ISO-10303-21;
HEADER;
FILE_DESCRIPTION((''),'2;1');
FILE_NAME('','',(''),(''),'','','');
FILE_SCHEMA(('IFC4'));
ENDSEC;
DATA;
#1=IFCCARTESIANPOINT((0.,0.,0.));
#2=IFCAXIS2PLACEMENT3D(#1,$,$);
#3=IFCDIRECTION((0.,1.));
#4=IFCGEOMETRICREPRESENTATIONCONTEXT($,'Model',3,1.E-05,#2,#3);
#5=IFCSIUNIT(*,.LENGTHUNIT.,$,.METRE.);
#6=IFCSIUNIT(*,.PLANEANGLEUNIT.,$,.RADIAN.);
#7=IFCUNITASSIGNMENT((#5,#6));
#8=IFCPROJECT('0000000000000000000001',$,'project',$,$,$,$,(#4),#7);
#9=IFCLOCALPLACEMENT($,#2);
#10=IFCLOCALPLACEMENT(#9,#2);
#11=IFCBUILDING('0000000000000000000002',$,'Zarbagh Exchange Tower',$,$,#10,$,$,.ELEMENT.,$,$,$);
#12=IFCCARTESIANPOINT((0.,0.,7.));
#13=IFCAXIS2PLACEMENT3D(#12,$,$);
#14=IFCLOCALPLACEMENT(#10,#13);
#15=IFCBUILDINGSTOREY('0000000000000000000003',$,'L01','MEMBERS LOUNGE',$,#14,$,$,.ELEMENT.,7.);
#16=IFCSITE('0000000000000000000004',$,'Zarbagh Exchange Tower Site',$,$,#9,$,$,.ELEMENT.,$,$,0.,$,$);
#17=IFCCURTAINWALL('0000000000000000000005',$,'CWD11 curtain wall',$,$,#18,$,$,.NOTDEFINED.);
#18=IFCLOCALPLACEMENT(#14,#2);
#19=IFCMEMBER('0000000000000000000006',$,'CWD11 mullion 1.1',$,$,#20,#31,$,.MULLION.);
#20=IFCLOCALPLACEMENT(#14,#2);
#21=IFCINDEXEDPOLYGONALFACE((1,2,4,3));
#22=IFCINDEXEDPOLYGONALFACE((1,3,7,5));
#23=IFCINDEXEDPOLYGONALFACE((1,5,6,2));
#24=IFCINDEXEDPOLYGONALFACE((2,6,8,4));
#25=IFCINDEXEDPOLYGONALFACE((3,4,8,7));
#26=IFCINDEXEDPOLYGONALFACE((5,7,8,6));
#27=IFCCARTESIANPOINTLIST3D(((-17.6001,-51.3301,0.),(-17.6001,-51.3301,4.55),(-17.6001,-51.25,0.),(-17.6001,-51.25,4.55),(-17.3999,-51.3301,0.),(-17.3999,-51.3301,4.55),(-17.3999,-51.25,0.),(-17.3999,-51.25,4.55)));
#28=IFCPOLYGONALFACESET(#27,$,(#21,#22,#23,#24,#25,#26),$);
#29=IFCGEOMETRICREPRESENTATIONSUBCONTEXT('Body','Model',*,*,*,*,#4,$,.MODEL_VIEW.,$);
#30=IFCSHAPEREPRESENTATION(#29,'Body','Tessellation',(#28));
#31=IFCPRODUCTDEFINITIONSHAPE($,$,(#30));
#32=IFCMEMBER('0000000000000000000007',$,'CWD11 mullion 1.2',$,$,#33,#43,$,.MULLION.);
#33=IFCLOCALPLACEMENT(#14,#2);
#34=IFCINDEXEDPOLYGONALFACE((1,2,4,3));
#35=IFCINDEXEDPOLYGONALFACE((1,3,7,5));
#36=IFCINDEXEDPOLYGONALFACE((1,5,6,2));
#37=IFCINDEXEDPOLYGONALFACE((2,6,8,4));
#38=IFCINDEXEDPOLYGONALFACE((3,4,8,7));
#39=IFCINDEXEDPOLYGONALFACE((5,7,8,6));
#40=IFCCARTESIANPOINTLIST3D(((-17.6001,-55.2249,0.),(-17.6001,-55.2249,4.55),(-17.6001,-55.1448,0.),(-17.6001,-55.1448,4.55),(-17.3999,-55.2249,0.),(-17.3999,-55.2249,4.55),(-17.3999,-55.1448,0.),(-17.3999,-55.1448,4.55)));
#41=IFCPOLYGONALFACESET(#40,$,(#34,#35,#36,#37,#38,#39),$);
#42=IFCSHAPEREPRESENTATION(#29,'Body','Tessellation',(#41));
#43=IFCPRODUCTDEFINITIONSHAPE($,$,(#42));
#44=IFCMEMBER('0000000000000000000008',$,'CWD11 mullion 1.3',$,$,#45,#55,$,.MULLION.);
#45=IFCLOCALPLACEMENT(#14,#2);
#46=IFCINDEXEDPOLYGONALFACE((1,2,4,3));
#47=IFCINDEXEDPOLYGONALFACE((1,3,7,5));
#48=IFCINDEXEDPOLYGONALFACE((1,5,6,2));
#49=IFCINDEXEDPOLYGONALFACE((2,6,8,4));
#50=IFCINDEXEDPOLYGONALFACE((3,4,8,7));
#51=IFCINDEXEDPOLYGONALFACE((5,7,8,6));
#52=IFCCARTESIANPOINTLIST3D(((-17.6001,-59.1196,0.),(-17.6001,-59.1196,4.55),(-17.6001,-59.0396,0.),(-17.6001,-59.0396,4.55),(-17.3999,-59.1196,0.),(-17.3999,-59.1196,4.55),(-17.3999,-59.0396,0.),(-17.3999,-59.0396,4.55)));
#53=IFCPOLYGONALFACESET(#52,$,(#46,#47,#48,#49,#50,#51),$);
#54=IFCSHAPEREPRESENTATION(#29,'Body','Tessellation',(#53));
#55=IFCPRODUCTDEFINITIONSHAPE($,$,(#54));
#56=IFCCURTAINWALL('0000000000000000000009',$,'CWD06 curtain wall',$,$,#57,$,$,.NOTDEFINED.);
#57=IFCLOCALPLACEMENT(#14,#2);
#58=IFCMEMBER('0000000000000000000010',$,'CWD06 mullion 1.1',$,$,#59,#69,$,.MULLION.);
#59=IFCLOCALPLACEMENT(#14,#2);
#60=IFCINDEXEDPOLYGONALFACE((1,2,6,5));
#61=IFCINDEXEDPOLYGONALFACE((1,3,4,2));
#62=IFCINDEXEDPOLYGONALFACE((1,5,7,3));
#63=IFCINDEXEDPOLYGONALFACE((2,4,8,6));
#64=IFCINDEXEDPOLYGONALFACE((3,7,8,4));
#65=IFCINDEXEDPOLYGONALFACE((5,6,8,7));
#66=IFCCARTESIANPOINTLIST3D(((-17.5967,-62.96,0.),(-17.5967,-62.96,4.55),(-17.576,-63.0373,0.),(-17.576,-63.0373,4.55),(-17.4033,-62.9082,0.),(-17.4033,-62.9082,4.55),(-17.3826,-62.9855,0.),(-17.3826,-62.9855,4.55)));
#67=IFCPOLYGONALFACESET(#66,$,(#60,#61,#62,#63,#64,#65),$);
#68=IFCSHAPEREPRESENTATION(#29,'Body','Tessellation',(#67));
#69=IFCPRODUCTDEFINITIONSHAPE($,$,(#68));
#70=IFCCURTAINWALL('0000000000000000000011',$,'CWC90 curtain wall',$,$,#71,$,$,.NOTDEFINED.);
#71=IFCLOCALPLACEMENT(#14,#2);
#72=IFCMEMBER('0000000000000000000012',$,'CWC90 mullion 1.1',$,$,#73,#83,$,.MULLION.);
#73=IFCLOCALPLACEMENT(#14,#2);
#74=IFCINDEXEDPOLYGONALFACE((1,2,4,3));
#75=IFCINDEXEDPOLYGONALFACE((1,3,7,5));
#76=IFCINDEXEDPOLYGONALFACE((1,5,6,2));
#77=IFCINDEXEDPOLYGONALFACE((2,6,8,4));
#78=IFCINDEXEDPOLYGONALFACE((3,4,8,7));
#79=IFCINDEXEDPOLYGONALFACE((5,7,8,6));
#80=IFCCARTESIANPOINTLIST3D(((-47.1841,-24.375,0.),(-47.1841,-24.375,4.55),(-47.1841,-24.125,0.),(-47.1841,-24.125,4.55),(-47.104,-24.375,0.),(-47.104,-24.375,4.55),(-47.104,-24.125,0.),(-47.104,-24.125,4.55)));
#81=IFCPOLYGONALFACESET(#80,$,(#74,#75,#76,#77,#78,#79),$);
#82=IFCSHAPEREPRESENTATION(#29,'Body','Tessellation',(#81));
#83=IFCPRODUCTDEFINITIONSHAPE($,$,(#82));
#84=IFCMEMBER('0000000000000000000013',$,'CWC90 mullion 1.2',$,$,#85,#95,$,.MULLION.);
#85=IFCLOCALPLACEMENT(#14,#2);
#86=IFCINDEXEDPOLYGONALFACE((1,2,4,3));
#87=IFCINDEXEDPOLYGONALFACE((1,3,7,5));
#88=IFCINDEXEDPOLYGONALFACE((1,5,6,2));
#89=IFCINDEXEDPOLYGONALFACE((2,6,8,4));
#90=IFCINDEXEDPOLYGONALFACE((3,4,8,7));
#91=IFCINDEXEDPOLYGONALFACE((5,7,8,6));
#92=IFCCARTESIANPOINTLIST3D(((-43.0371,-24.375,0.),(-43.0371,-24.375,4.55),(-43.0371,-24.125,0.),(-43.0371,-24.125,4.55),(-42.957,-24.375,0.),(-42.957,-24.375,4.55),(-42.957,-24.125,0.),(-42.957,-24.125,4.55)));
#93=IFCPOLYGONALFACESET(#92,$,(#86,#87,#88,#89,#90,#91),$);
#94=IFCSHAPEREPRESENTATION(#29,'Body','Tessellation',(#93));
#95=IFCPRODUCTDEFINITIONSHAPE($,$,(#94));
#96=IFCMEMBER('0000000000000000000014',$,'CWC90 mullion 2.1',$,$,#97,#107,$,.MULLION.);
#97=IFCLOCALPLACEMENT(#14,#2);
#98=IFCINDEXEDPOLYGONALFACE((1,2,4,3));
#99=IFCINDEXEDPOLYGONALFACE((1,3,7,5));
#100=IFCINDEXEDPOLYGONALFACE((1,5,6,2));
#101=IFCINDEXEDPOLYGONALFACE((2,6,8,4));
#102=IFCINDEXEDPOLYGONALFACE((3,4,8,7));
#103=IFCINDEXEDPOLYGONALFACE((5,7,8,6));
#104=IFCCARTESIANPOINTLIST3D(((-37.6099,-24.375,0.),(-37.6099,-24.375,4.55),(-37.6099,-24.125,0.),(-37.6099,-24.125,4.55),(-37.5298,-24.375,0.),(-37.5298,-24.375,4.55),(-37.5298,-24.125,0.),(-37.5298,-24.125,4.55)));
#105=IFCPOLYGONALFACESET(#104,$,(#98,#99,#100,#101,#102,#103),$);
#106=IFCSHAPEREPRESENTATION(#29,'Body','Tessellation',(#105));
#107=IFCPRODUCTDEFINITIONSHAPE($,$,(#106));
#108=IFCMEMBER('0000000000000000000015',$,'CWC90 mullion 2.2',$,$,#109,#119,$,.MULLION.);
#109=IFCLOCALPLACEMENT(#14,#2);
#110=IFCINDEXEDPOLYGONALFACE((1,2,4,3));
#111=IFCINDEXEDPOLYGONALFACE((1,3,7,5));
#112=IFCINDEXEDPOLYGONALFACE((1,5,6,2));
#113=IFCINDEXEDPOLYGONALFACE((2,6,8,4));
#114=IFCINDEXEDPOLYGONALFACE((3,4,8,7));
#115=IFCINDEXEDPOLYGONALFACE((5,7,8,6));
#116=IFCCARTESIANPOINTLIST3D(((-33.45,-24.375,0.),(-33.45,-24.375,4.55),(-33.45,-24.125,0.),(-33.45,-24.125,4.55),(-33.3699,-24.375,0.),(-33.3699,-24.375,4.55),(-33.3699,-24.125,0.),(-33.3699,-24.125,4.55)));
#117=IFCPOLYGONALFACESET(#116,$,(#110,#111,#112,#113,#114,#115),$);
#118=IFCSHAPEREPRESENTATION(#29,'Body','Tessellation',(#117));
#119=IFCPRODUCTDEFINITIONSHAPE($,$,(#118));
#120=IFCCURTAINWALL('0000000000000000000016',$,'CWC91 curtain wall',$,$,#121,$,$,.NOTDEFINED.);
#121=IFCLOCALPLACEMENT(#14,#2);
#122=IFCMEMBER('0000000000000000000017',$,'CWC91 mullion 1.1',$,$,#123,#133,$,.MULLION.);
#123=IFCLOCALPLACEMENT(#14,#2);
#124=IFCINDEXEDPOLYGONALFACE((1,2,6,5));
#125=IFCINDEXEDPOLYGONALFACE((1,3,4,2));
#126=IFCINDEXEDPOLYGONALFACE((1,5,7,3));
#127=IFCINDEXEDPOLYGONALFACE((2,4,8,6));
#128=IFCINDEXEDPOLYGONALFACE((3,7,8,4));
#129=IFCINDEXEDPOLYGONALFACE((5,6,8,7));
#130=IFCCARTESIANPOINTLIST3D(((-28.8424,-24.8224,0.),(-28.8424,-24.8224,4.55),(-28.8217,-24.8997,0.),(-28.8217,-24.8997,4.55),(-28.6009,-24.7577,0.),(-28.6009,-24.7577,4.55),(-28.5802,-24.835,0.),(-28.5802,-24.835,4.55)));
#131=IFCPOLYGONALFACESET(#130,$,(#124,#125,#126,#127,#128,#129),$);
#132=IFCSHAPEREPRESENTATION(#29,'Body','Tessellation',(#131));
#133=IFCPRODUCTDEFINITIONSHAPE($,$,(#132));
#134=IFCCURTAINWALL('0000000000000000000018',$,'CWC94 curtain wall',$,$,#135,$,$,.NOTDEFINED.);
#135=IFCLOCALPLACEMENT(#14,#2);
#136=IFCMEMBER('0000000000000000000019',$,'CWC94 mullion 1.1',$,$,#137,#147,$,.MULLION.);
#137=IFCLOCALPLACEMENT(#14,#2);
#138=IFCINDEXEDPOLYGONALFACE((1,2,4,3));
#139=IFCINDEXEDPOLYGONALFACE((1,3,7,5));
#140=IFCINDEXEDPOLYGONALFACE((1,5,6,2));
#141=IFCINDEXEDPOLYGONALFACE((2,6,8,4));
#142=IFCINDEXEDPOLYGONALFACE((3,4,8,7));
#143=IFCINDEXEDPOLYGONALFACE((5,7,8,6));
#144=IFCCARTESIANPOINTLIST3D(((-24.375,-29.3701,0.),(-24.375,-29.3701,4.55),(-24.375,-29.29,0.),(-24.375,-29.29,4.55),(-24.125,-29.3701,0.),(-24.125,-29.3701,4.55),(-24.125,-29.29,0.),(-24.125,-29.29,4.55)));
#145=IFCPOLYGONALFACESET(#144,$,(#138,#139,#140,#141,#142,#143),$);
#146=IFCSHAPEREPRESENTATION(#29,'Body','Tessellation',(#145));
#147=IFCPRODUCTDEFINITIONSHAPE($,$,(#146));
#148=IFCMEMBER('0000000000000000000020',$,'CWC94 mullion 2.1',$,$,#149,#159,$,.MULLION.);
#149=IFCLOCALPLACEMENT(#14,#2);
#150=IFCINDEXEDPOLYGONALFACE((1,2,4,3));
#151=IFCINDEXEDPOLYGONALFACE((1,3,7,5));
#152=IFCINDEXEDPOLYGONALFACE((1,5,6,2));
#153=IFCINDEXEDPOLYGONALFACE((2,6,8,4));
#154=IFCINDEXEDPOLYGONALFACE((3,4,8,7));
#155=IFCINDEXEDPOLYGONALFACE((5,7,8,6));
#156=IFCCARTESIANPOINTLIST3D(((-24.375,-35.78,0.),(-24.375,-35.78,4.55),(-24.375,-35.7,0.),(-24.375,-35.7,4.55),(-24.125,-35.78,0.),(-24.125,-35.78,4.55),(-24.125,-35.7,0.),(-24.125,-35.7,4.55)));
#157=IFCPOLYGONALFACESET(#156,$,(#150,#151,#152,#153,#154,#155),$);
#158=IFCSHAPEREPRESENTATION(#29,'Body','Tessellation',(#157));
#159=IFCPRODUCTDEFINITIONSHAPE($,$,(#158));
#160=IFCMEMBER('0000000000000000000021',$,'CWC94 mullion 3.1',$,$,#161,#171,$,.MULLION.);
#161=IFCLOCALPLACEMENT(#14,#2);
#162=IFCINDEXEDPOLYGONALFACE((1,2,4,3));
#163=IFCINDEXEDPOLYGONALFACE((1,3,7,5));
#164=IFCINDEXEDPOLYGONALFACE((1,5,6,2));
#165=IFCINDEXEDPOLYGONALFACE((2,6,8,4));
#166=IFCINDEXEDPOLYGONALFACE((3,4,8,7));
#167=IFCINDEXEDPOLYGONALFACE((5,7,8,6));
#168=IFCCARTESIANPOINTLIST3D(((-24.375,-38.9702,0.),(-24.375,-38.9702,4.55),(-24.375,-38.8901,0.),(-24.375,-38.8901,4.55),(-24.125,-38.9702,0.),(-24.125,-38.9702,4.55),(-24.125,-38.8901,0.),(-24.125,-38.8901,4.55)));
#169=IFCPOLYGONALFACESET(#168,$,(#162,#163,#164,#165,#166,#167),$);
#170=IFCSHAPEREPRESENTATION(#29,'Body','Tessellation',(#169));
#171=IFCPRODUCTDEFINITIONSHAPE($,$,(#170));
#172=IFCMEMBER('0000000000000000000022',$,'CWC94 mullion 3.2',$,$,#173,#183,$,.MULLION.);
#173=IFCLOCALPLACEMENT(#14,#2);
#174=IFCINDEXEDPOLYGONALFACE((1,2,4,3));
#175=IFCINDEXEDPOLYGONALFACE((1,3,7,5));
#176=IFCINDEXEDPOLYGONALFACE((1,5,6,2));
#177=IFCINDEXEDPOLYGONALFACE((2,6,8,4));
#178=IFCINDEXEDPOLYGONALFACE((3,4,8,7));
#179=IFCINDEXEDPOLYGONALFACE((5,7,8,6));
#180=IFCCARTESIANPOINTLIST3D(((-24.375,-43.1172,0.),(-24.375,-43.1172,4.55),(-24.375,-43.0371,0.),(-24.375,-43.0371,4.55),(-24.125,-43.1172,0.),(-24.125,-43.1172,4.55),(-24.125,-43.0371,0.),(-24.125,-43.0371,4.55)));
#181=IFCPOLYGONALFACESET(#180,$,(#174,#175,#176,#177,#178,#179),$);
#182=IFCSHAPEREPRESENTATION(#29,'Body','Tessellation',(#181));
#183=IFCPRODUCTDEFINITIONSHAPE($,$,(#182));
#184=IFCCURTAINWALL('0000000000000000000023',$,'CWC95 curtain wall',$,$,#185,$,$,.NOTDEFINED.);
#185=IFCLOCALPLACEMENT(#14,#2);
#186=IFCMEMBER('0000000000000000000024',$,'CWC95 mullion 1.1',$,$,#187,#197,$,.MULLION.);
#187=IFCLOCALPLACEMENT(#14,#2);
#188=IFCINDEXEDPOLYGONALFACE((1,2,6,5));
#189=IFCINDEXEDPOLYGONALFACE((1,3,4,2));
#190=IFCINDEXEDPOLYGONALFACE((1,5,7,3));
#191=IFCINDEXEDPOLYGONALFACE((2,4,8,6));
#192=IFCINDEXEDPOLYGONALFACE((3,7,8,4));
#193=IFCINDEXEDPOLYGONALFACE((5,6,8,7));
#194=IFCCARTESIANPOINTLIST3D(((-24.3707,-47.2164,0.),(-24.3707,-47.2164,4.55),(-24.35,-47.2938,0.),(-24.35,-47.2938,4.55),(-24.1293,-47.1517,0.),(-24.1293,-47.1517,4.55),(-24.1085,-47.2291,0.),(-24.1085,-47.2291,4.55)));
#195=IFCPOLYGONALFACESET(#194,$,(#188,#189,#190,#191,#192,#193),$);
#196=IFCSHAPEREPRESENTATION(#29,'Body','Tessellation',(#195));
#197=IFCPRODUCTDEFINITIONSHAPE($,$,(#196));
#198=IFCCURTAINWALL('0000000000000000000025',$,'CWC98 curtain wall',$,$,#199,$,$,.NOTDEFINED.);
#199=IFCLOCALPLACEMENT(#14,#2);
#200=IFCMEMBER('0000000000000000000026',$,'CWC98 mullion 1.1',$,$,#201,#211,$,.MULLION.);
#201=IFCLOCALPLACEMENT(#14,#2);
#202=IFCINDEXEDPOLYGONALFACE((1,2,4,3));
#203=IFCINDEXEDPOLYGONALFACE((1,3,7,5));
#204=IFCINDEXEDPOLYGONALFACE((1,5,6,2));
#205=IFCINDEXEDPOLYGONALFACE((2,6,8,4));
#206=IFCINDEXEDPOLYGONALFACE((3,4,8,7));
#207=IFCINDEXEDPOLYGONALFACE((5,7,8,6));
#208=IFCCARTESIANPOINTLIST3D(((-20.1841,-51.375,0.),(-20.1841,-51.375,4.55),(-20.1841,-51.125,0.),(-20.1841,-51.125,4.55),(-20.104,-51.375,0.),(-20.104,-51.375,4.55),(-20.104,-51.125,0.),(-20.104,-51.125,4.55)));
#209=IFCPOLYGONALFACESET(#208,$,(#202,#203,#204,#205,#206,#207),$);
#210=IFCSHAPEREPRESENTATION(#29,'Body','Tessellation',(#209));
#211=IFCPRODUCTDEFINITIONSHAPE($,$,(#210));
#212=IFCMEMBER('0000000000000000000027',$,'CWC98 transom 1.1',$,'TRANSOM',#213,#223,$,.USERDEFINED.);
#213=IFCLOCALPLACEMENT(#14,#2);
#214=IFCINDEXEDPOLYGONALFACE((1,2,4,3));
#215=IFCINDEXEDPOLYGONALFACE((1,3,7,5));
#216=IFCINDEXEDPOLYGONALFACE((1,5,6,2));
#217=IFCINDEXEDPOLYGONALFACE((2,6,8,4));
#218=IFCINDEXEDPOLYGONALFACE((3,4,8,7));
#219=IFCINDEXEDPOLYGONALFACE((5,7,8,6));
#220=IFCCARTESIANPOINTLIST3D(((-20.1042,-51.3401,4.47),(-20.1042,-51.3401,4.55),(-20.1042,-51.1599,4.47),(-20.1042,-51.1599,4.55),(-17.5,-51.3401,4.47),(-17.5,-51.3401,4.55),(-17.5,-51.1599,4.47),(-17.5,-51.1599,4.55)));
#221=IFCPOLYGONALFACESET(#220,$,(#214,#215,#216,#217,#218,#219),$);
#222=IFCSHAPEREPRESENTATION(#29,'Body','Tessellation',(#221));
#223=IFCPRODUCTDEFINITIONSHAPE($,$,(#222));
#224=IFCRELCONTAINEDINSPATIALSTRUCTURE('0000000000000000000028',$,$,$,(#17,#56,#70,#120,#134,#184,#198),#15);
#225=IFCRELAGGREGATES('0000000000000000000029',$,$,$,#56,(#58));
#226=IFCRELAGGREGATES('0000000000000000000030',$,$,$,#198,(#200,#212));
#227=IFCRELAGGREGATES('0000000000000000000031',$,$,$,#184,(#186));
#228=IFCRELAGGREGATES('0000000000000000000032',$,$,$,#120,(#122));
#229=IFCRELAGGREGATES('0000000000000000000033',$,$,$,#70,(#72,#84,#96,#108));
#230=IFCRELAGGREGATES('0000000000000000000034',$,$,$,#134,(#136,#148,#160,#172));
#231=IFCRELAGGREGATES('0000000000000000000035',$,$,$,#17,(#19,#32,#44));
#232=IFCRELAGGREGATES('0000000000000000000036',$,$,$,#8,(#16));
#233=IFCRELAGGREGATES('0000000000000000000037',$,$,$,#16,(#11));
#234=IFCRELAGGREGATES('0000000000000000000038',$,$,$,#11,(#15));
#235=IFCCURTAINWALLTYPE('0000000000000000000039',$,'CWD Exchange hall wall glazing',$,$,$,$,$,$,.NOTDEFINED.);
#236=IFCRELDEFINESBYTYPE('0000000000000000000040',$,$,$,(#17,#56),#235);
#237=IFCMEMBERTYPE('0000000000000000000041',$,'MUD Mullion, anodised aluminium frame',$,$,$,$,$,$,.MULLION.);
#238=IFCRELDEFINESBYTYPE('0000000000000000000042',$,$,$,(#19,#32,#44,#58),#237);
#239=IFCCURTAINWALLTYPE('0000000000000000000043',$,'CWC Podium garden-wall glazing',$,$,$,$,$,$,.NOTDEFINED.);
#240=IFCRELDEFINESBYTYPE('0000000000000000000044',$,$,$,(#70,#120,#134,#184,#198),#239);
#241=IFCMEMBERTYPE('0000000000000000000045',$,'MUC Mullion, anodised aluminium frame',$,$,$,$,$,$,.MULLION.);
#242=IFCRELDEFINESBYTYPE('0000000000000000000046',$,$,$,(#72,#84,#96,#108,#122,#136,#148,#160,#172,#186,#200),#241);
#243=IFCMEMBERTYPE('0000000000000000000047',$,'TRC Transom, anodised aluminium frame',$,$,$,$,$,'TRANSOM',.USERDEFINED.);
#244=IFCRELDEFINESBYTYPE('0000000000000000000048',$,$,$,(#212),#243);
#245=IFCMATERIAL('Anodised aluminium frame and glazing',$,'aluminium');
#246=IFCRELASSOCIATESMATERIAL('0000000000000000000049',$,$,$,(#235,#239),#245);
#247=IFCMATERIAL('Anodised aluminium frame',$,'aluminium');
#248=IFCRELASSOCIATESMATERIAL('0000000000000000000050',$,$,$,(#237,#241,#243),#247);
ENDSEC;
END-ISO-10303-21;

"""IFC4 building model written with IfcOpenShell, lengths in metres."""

from ifc_helpers import new_model, si_unit, direction, frame, origin, place, context, subcontext, project, spatial, polyline, outline, extrude, source, transform, mapped, material, type_object, element, aggregate, save


model = new_model("IFC4")

# Units and contexts
model_context = context("Model", 3, precision=1e-05, world=origin(), true_north=direction((0.0, 1.0)))
body_context = subcontext(model_context, "Body", "Model", "MODEL_VIEW")
ifc_project = project(units=[si_unit("LENGTHUNIT", "METRE"), si_unit("PLANEANGLEUNIT", "RADIAN")], contexts=[model_context])

# Site, building, storey
site_placement = place(None, origin())
site = spatial("IfcSite", under=ifc_project, at=site_placement, Name="Zarbagh Exchange Tower Site", CompositionType="ELEMENT", RefElevation=0.0)
building_placement = place(site_placement, origin())
building = spatial("IfcBuilding", under=site, at=building_placement, Name="Zarbagh Exchange Tower", CompositionType="ELEMENT")
storey_placement = place(building_placement, frame((0.0, 0.0, 7.0)))
storey = spatial("IfcBuildingStorey", under=building, at=storey_placement, Name="L01", Description="MEMBERS LOUNGE", CompositionType="ELEMENT", Elevation=7.0)

# Curtain wall, members
ifc_material_1 = material(Name="Anodised aluminium frame and glazing", Category="aluminium")
curtain_wall_type_1 = type_object("IfcCurtainWallType", Name="CWD Exchange hall wall glazing", PredefinedType="NOTDEFINED", material=ifc_material_1)
curtain_wall_1_placement = place(storey_placement, origin())
curtain_wall_1 = element("IfcCurtainWall", 1, at=curtain_wall_1_placement, inside=storey, type_object=curtain_wall_type_1, Name="CWD11 curtain wall", PredefinedType="NOTDEFINED")
ifc_material_2 = material(Name="Anodised aluminium frame", Category="aluminium")
member_type_1 = type_object("IfcMemberType", Name="MUD Mullion, anodised aluminium frame", PredefinedType="MULLION", material=ifc_material_2)
shared_shape_1 = source(origin(), body_context, "Body", "SweptSolid", [
    extrude(outline(polyline([(0.0, -0.1001), (0.0801, -0.1001), (0.0801, 0.1001), (0.0, 0.1001), (0.0, -0.1001)])), origin(), (0.0, 0.0, 1.0), 4.55),
])
placement = place(storey_placement, origin())
member_1 = element("IfcMember", 2, at=placement, type_object=member_type_1, Name="CWD11 mullion 1.1", PredefinedType="MULLION", context=body_context, shape_type="MappedRepresentation", body=[
    mapped(shared_shape_1, transform((-17.5, -51.25, 0.0), x_axis=(0.0, -1.0, 0.0), y_axis=(1.0, 0.0, 0.0), z_axis=(0.0, 0.0, 1.0))),
])
member_2 = element("IfcMember", 3, at=placement, type_object=member_type_1, Name="CWD11 mullion 1.2", PredefinedType="MULLION", context=body_context, shape_type="MappedRepresentation", body=[
    mapped(shared_shape_1, transform((-17.5, -55.1448, 0.0), x_axis=(0.0, -1.0, 0.0), y_axis=(1.0, 0.0, 0.0), z_axis=(0.0, 0.0, 1.0))),
])
member_3 = element("IfcMember", 4, at=placement, type_object=member_type_1, Name="CWD11 mullion 1.3", PredefinedType="MULLION", context=body_context, shape_type="MappedRepresentation", body=[
    mapped(shared_shape_1, transform((-17.5, -59.0396, 0.0), x_axis=(0.0, -1.0, 0.0), y_axis=(1.0, 0.0, 0.0), z_axis=(0.0, 0.0, 1.0))),
])

# Curtain wall, member
curtain_wall_2_placement = place(storey_placement, origin())
curtain_wall_2 = element("IfcCurtainWall", 5, at=curtain_wall_2_placement, inside=storey, type_object=curtain_wall_type_1, Name="CWD06 curtain wall", PredefinedType="NOTDEFINED")
member_4 = element("IfcMember", 6, at=placement, type_object=member_type_1, Name="CWD06 mullion 1.1", PredefinedType="MULLION", context=body_context, shape_type="MappedRepresentation", body=[
    mapped(shared_shape_1, transform((-17.5, -62.9341, 0.0), x_axis=(0.258825, -0.965924, 0.0), y_axis=(0.965924, 0.258825, 0.0), z_axis=(0.0, 0.0, 1.0))),
])

# Curtain wall, members
curtain_wall_type_2 = type_object("IfcCurtainWallType", Name="CWC Podium garden-wall glazing", PredefinedType="NOTDEFINED", material=ifc_material_1)
curtain_wall_3_placement = place(storey_placement, origin())
curtain_wall_3 = element("IfcCurtainWall", 7, at=curtain_wall_3_placement, inside=storey, type_object=curtain_wall_type_2, Name="CWC90 curtain wall", PredefinedType="NOTDEFINED")
member_type_2 = type_object("IfcMemberType", Name="MUC Mullion, anodised aluminium frame", PredefinedType="MULLION", material=ifc_material_2)
shared_shape_2 = source(origin(), body_context, "Body", "SweptSolid", [
    extrude(outline(polyline([(0.0, -0.125), (0.0801, -0.125), (0.0801, 0.125), (0.0, 0.125), (0.0, -0.125)])), origin(), (0.0, 0.0, 1.0), 4.55),
])
member_5 = element("IfcMember", 8, at=placement, type_object=member_type_2, Name="CWC90 mullion 1.1", PredefinedType="MULLION", context=body_context, shape_type="MappedRepresentation", body=[
    mapped(shared_shape_2, transform((-47.1841, -24.25, 0.0), x_axis=(1.0, 0.0, 0.0), y_axis=(0.0, 1.0, 0.0), z_axis=(0.0, 0.0, 1.0))),
])
member_6 = element("IfcMember", 9, at=placement, type_object=member_type_2, Name="CWC90 mullion 1.2", PredefinedType="MULLION", context=body_context, shape_type="MappedRepresentation", body=[
    mapped(shared_shape_2, transform((-43.0371, -24.25, 0.0), x_axis=(1.0, 0.0, 0.0), y_axis=(0.0, 1.0, 0.0), z_axis=(0.0, 0.0, 1.0))),
])
member_7 = element("IfcMember", 10, at=placement, type_object=member_type_2, Name="CWC90 mullion 2.1", PredefinedType="MULLION", context=body_context, shape_type="MappedRepresentation", body=[
    mapped(shared_shape_2, transform((-37.6099, -24.25, 0.0), x_axis=(1.0, 0.0, 0.0), y_axis=(0.0, 1.0, 0.0), z_axis=(0.0, 0.0, 1.0))),
])
member_8 = element("IfcMember", 11, at=placement, type_object=member_type_2, Name="CWC90 mullion 2.2", PredefinedType="MULLION", context=body_context, shape_type="MappedRepresentation", body=[
    mapped(shared_shape_2, transform((-33.45, -24.25, 0.0), x_axis=(1.0, 0.0, 0.0), y_axis=(0.0, 1.0, 0.0), z_axis=(0.0, 0.0, 1.0))),
])

# Curtain wall, member
curtain_wall_4_placement = place(storey_placement, origin())
curtain_wall_4 = element("IfcCurtainWall", 12, at=curtain_wall_4_placement, inside=storey, type_object=curtain_wall_type_2, Name="CWC91 curtain wall", PredefinedType="NOTDEFINED")
member_9 = element("IfcMember", 13, at=placement, type_object=member_type_2, Name="CWC91 mullion 1.1", PredefinedType="MULLION", context=body_context, shape_type="MappedRepresentation", body=[
    mapped(shared_shape_2, transform((-28.7217, -24.79, 0.0), x_axis=(0.258825, -0.965924, 0.0), y_axis=(0.965924, 0.258825, 0.0), z_axis=(0.0, 0.0, 1.0))),
])

# Curtain wall, members
curtain_wall_5_placement = place(storey_placement, origin())
curtain_wall_5 = element("IfcCurtainWall", 14, at=curtain_wall_5_placement, inside=storey, type_object=curtain_wall_type_2, Name="CWC94 curtain wall", PredefinedType="NOTDEFINED")
member_10 = element("IfcMember", 15, at=placement, type_object=member_type_2, Name="CWC94 mullion 1.1", PredefinedType="MULLION", context=body_context, shape_type="MappedRepresentation", body=[
    mapped(shared_shape_2, transform((-24.25, -29.29, 0.0), x_axis=(0.0, -1.0, 0.0), y_axis=(1.0, 0.0, 0.0), z_axis=(0.0, 0.0, 1.0))),
])
member_11 = element("IfcMember", 16, at=placement, type_object=member_type_2, Name="CWC94 mullion 2.1", PredefinedType="MULLION", context=body_context, shape_type="MappedRepresentation", body=[
    mapped(shared_shape_2, transform((-24.25, -35.7, 0.0), x_axis=(0.0, -1.0, 0.0), y_axis=(1.0, 0.0, 0.0), z_axis=(0.0, 0.0, 1.0))),
])
member_12 = element("IfcMember", 17, at=placement, type_object=member_type_2, Name="CWC94 mullion 3.1", PredefinedType="MULLION", context=body_context, shape_type="MappedRepresentation", body=[
    mapped(shared_shape_2, transform((-24.25, -38.8901, 0.0), x_axis=(0.0, -1.0, 0.0), y_axis=(1.0, 0.0, 0.0), z_axis=(0.0, 0.0, 1.0))),
])
member_13 = element("IfcMember", 18, at=placement, type_object=member_type_2, Name="CWC94 mullion 3.2", PredefinedType="MULLION", context=body_context, shape_type="MappedRepresentation", body=[
    mapped(shared_shape_2, transform((-24.25, -43.0371, 0.0), x_axis=(0.0, -1.0, 0.0), y_axis=(1.0, 0.0, 0.0), z_axis=(0.0, 0.0, 1.0))),
])

# Curtain wall, member
curtain_wall_6_placement = place(storey_placement, origin())
curtain_wall_6 = element("IfcCurtainWall", 19, at=curtain_wall_6_placement, inside=storey, type_object=curtain_wall_type_2, Name="CWC95 curtain wall", PredefinedType="NOTDEFINED")
member_14 = element("IfcMember", 20, at=placement, type_object=member_type_2, Name="CWC95 mullion 1.1", PredefinedType="MULLION", context=body_context, shape_type="MappedRepresentation", body=[
    mapped(shared_shape_2, transform((-24.25, -47.1841, 0.0), x_axis=(0.258825, -0.965924, 0.0), y_axis=(0.965924, 0.258825, 0.0), z_axis=(0.0, 0.0, 1.0))),
])

# Curtain wall, members
curtain_wall_7_placement = place(storey_placement, origin())
curtain_wall_7 = element("IfcCurtainWall", 21, at=curtain_wall_7_placement, inside=storey, type_object=curtain_wall_type_2, Name="CWC98 curtain wall", PredefinedType="NOTDEFINED")
member_15 = element("IfcMember", 22, at=placement, type_object=member_type_2, Name="CWC98 mullion 1.1", PredefinedType="MULLION", context=body_context, shape_type="MappedRepresentation", body=[
    mapped(shared_shape_2, transform((-20.1841, -51.25, 0.0), x_axis=(1.0, 0.0, 0.0), y_axis=(0.0, 1.0, 0.0), z_axis=(0.0, 0.0, 1.0))),
])
member_type_3 = type_object("IfcMemberType", Name="TRC Transom, anodised aluminium frame", ElementType="TRANSOM", PredefinedType="USERDEFINED", material=ifc_material_2)
shared_shape_3 = source(origin(), body_context, "Body", "SweptSolid", [
    extrude(outline(polyline([(-0.0801, -0.0901), (0.0, -0.0901), (0.0, 0.0901), (-0.0801, 0.0901), (-0.0801, -0.0901)])), origin(), (0.0, 0.0, 1.0), 2.6042),
])
member_16 = element("IfcMember", 23, at=placement, type_object=member_type_3, Name="CWC98 transom 1.1", ObjectType="TRANSOM", PredefinedType="USERDEFINED", context=body_context, shape_type="MappedRepresentation", body=[
    mapped(shared_shape_3, transform((-20.1042, -51.25, 4.55), x_axis=(0.0, 0.0, 1.0), y_axis=(0.0, -1.0, 0.0), z_axis=(1.0, 0.0, 0.0))),
])

aggregate(curtain_wall_2, [member_4])

aggregate(curtain_wall_7, [member_15, member_16])
aggregate(curtain_wall_6, [member_14])

aggregate(curtain_wall_4, [member_9])

aggregate(curtain_wall_3, [member_5, member_6, member_7, member_8])
aggregate(curtain_wall_5, [member_10, member_11, member_12, member_13])
aggregate(curtain_wall_1, [member_1, member_2, member_3])

save(model, "model.ifc")
